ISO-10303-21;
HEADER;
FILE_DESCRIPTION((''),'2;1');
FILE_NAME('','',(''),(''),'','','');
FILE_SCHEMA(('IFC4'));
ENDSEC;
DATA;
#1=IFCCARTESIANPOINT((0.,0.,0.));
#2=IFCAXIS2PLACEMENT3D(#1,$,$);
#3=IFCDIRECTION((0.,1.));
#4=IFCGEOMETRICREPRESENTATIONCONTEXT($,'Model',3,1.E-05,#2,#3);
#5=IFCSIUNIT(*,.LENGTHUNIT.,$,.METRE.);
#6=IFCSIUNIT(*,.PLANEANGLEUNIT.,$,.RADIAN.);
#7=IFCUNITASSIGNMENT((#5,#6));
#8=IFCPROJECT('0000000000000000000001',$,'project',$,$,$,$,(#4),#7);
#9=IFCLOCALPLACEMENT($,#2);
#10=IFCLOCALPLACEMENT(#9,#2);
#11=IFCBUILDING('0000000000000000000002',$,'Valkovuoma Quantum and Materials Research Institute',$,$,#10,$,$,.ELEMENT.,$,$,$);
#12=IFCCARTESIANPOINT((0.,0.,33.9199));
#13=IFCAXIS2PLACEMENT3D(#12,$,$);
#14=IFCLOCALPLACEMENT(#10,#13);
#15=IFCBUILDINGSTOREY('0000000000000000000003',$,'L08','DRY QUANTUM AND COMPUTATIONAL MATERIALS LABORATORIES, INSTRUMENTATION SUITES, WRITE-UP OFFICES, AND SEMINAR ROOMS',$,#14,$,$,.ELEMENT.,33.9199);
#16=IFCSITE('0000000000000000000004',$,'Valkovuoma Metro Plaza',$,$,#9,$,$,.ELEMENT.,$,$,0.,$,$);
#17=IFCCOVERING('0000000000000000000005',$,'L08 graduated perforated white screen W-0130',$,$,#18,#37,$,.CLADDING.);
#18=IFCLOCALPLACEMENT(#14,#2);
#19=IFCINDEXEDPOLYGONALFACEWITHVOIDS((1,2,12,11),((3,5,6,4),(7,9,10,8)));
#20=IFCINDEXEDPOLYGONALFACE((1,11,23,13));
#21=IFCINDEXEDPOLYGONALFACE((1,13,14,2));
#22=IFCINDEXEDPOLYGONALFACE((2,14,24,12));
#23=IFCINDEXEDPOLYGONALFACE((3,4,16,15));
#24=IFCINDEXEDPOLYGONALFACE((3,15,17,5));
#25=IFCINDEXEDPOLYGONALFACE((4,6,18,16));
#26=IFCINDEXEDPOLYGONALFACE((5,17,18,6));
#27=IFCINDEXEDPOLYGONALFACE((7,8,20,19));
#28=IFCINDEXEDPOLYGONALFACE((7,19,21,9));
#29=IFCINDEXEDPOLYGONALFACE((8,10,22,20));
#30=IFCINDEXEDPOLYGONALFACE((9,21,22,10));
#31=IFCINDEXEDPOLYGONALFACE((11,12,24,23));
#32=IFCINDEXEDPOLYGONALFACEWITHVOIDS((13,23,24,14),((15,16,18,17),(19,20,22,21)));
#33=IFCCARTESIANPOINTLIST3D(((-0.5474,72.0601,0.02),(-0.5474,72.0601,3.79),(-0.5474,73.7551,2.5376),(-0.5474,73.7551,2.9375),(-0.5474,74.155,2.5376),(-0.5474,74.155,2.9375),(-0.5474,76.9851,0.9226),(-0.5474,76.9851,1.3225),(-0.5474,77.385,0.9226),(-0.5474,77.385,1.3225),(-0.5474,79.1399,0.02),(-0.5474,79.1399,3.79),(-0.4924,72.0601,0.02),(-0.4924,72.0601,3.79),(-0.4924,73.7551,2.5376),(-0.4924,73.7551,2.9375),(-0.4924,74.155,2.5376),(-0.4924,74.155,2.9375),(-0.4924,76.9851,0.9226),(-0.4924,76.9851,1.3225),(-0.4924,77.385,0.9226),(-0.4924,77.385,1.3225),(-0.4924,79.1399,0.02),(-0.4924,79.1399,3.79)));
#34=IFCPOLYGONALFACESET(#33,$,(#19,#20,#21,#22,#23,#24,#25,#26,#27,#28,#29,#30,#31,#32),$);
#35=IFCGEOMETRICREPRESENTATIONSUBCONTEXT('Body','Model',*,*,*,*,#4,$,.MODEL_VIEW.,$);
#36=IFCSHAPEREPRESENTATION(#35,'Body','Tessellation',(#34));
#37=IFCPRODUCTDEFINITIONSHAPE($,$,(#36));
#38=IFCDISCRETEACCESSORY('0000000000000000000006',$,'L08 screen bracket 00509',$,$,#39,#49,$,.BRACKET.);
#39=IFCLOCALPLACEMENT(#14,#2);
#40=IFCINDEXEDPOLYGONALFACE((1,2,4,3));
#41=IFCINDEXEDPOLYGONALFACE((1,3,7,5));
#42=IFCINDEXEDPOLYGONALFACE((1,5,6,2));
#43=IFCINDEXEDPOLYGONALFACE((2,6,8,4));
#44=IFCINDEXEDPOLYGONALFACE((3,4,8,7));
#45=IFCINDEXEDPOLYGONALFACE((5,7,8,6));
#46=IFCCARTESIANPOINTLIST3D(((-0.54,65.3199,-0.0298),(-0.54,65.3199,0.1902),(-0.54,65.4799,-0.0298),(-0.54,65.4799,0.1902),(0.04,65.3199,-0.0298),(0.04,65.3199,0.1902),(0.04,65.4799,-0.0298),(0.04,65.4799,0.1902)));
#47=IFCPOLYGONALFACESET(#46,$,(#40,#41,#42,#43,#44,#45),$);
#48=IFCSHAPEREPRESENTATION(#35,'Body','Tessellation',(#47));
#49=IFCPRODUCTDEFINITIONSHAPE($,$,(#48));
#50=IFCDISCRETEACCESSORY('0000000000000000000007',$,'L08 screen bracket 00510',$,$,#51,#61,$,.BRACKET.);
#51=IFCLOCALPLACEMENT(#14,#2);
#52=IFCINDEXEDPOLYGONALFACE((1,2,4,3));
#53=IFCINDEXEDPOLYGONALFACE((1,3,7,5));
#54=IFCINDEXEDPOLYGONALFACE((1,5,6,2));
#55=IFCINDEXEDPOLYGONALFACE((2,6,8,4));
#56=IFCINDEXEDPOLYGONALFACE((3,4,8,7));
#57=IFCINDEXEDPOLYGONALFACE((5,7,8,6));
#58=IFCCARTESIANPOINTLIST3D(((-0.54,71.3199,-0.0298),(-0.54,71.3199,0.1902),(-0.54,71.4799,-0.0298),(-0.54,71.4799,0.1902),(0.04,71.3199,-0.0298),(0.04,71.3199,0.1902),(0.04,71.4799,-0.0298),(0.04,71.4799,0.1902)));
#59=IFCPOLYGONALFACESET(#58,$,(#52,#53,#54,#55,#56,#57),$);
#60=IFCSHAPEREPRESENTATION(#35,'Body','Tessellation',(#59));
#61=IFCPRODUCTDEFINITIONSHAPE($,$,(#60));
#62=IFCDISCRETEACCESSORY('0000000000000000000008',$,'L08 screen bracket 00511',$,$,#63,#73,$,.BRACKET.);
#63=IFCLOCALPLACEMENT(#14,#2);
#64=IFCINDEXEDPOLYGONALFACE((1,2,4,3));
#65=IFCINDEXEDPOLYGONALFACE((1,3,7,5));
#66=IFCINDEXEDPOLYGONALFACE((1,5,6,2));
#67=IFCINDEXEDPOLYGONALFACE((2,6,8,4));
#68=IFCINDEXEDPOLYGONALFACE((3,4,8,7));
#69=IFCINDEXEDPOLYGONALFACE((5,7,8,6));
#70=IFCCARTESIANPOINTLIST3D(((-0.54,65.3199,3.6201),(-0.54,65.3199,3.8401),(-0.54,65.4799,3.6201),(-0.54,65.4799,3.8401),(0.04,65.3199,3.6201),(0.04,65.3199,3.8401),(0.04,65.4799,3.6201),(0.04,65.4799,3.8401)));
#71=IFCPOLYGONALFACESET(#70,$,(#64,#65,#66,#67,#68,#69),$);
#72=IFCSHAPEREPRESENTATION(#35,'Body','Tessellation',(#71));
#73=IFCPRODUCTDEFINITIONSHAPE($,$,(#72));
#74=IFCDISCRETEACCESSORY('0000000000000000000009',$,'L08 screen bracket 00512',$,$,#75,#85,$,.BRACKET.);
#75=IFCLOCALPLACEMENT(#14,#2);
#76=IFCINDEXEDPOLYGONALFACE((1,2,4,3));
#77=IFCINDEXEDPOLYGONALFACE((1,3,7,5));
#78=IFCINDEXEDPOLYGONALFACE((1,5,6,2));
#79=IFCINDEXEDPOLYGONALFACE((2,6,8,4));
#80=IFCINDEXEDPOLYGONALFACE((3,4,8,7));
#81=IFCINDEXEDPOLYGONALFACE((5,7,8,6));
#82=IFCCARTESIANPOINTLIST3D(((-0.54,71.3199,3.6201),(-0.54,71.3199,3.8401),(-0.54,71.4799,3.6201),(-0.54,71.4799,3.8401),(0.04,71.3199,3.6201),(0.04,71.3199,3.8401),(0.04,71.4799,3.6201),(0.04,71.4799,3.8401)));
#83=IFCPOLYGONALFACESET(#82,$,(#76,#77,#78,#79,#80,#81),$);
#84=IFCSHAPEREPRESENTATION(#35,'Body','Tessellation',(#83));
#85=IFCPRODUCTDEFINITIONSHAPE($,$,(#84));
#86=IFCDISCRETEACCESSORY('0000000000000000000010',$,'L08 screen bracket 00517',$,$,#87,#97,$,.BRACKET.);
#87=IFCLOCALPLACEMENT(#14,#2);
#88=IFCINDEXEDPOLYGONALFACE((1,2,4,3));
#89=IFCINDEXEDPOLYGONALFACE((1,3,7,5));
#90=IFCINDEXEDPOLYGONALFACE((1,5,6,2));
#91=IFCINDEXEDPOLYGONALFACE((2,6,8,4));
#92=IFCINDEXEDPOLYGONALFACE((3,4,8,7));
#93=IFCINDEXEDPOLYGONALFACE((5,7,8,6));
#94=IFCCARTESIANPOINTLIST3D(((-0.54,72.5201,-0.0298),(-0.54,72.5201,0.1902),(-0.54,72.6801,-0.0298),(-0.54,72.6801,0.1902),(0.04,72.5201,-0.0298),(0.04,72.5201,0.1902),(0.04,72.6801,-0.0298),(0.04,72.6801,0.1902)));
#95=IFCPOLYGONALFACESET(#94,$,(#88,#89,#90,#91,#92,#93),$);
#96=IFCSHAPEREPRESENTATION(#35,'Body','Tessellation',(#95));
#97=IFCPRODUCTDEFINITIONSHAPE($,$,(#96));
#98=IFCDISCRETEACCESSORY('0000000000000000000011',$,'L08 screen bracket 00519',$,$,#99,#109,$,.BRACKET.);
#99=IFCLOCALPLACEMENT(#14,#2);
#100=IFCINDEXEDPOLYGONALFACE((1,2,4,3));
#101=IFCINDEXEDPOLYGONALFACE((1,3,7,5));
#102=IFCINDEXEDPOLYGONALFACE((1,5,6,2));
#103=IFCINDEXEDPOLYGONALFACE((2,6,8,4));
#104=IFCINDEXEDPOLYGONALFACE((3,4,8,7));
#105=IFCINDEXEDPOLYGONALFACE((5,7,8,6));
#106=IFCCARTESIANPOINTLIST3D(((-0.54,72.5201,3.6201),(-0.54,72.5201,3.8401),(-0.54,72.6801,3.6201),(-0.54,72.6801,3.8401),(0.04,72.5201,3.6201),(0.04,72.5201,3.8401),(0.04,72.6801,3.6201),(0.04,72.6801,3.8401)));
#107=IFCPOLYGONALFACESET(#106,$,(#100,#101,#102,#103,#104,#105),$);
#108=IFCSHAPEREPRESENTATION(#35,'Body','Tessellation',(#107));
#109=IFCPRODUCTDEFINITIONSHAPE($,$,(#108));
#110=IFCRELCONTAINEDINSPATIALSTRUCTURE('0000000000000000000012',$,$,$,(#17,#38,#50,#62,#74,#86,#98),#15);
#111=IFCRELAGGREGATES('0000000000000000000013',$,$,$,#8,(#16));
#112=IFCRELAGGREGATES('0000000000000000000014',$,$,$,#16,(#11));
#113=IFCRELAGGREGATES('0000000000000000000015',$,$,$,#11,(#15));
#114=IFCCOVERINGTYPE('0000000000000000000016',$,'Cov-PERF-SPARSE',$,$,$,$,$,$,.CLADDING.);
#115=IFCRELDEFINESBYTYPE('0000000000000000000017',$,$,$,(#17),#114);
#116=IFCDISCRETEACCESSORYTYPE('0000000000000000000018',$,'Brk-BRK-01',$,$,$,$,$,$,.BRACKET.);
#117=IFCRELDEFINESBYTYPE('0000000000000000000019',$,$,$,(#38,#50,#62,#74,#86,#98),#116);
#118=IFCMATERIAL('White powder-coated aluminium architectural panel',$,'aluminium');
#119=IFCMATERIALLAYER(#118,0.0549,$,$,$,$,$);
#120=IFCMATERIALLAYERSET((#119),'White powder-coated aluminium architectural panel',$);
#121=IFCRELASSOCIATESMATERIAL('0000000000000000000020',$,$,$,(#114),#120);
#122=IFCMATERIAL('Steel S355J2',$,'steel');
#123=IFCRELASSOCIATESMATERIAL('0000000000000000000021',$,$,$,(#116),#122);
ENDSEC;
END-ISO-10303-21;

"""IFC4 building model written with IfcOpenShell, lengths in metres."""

from ifc_helpers import new_model, si_unit, direction, frame, origin, origin_2d, place, context, subcontext, project, spatial, polyline, rectangle, outline, extrude, material, layer, layer_set, type_object, element, save


model = new_model("IFC4")

# Units and contexts
model_context = context("Model", 3, precision=1e-05, world=origin(), true_north=direction((0.0, 1.0)))
body_context = subcontext(model_context, "Body", "Model", "MODEL_VIEW")
ifc_project = project(units=[si_unit("LENGTHUNIT", "METRE"), si_unit("PLANEANGLEUNIT", "RADIAN")], contexts=[model_context])

# Site, building, storey
site_placement = place(None, origin())
site = spatial("IfcSite", under=ifc_project, at=site_placement, Name="Valkovuoma Metro Plaza", CompositionType="ELEMENT", RefElevation=0.0)
building_placement = place(site_placement, origin())
building = spatial("IfcBuilding", under=site, at=building_placement, Name="Valkovuoma Quantum and Materials Research Institute", CompositionType="ELEMENT")
storey_placement = place(building_placement, frame((0.0, 0.0, 33.9199)))
storey = spatial("IfcBuildingStorey", under=building, at=storey_placement, Name="L08", Description="DRY QUANTUM AND COMPUTATIONAL MATERIALS LABORATORIES, INSTRUMENTATION SUITES, WRITE-UP OFFICES, AND SEMINAR ROOMS", CompositionType="ELEMENT", Elevation=33.9199)

# Covering
ifc_material_1 = material(Name="White powder-coated aluminium architectural panel", Category="aluminium")
ifc_layer_1 = layer(ifc_material_1, 0.0549)
ifc_layer_set_1 = layer_set([ifc_layer_1], Name="White powder-coated aluminium architectural panel")
covering_type = type_object("IfcCoveringType", Name="Cov-PERF-SPARSE", PredefinedType="CLADDING", material=ifc_layer_set_1)
covering_placement = place(storey_placement, frame((-0.52, 72.0601, 0.02), z_axis=(0.0, 0.0, 1.0), x_axis=(0.0, 1.0, 0.0)))
element("IfcCovering", 1, at=covering_placement, inside=storey, type_object=covering_type, Name="L08 graduated perforated white screen W-0130", PredefinedType="CLADDING", context=body_context, shape_type="SweptSolid", body=[
    extrude(outline(polyline([(0.0, 0.0), (7.0798, 0.0), (7.0798, 3.77), (0.0, 3.77), (0.0, 0.0)]), holes=[polyline([(1.6951, 2.5176), (1.6951, 2.9175), (2.095, 2.9175), (2.095, 2.5176), (1.6951, 2.5176)]), polyline([(4.925, 0.9026), (4.925, 1.3025), (5.325, 1.3025), (5.325, 0.9026), (4.925, 0.9026)])]), frame((0.0, 0.0273, 0.0), z_axis=(0.0, -1.0, 0.0), x_axis=(1.0, 0.0, 0.0)), (0.0, 0.0, 1.0), 0.0549),
])

# Discrete accessories
ifc_material_2 = material(Name="Steel S355J2", Category="steel")
discrete_accessory_type = type_object("IfcDiscreteAccessoryType", Name="Brk-BRK-01", PredefinedType="BRACKET", material=ifc_material_2)
for number, where, z_axis, x_axis, name in (
    (2, (-0.25, 65.3999, -0.0298), (0.0, 0.0, 1.0), (1.0, 0.0, 0.0), "L08 screen bracket 00509"),
    (3, (-0.25, 71.3999, -0.0298), (0.0, 0.0, 1.0), (1.0, 0.0, 0.0), "L08 screen bracket 00510"),
    (4, (-0.25, 65.3999, 3.6201), (0.0, 0.0, 1.0), (1.0, 0.0, 0.0), "L08 screen bracket 00511"),
    (5, (-0.25, 71.3999, 3.6201), (0.0, 0.0, 1.0), (1.0, 0.0, 0.0), "L08 screen bracket 00512"),
    (6, (-0.25, 72.6001, -0.0298), (0.0, 0.0, 1.0), (1.0, 0.0, 0.0), "L08 screen bracket 00517"),
    (7, (-0.25, 72.6001, 3.6201), (0.0, 0.0, 1.0), (1.0, 0.0, 0.0), "L08 screen bracket 00519"),
):
    element("IfcDiscreteAccessory", number, at=place(storey_placement, frame(where, z_axis=z_axis, x_axis=x_axis)), inside=storey, type_object=discrete_accessory_type, Name=name, PredefinedType="BRACKET", context=body_context, shape_type="SweptSolid", body=[
        extrude(rectangle(XDim=0.5801, YDim=0.1599, at=origin_2d()), origin(), (0.0, 0.0, 1.0), 0.22),
    ])

save(model, "model.ifc")
